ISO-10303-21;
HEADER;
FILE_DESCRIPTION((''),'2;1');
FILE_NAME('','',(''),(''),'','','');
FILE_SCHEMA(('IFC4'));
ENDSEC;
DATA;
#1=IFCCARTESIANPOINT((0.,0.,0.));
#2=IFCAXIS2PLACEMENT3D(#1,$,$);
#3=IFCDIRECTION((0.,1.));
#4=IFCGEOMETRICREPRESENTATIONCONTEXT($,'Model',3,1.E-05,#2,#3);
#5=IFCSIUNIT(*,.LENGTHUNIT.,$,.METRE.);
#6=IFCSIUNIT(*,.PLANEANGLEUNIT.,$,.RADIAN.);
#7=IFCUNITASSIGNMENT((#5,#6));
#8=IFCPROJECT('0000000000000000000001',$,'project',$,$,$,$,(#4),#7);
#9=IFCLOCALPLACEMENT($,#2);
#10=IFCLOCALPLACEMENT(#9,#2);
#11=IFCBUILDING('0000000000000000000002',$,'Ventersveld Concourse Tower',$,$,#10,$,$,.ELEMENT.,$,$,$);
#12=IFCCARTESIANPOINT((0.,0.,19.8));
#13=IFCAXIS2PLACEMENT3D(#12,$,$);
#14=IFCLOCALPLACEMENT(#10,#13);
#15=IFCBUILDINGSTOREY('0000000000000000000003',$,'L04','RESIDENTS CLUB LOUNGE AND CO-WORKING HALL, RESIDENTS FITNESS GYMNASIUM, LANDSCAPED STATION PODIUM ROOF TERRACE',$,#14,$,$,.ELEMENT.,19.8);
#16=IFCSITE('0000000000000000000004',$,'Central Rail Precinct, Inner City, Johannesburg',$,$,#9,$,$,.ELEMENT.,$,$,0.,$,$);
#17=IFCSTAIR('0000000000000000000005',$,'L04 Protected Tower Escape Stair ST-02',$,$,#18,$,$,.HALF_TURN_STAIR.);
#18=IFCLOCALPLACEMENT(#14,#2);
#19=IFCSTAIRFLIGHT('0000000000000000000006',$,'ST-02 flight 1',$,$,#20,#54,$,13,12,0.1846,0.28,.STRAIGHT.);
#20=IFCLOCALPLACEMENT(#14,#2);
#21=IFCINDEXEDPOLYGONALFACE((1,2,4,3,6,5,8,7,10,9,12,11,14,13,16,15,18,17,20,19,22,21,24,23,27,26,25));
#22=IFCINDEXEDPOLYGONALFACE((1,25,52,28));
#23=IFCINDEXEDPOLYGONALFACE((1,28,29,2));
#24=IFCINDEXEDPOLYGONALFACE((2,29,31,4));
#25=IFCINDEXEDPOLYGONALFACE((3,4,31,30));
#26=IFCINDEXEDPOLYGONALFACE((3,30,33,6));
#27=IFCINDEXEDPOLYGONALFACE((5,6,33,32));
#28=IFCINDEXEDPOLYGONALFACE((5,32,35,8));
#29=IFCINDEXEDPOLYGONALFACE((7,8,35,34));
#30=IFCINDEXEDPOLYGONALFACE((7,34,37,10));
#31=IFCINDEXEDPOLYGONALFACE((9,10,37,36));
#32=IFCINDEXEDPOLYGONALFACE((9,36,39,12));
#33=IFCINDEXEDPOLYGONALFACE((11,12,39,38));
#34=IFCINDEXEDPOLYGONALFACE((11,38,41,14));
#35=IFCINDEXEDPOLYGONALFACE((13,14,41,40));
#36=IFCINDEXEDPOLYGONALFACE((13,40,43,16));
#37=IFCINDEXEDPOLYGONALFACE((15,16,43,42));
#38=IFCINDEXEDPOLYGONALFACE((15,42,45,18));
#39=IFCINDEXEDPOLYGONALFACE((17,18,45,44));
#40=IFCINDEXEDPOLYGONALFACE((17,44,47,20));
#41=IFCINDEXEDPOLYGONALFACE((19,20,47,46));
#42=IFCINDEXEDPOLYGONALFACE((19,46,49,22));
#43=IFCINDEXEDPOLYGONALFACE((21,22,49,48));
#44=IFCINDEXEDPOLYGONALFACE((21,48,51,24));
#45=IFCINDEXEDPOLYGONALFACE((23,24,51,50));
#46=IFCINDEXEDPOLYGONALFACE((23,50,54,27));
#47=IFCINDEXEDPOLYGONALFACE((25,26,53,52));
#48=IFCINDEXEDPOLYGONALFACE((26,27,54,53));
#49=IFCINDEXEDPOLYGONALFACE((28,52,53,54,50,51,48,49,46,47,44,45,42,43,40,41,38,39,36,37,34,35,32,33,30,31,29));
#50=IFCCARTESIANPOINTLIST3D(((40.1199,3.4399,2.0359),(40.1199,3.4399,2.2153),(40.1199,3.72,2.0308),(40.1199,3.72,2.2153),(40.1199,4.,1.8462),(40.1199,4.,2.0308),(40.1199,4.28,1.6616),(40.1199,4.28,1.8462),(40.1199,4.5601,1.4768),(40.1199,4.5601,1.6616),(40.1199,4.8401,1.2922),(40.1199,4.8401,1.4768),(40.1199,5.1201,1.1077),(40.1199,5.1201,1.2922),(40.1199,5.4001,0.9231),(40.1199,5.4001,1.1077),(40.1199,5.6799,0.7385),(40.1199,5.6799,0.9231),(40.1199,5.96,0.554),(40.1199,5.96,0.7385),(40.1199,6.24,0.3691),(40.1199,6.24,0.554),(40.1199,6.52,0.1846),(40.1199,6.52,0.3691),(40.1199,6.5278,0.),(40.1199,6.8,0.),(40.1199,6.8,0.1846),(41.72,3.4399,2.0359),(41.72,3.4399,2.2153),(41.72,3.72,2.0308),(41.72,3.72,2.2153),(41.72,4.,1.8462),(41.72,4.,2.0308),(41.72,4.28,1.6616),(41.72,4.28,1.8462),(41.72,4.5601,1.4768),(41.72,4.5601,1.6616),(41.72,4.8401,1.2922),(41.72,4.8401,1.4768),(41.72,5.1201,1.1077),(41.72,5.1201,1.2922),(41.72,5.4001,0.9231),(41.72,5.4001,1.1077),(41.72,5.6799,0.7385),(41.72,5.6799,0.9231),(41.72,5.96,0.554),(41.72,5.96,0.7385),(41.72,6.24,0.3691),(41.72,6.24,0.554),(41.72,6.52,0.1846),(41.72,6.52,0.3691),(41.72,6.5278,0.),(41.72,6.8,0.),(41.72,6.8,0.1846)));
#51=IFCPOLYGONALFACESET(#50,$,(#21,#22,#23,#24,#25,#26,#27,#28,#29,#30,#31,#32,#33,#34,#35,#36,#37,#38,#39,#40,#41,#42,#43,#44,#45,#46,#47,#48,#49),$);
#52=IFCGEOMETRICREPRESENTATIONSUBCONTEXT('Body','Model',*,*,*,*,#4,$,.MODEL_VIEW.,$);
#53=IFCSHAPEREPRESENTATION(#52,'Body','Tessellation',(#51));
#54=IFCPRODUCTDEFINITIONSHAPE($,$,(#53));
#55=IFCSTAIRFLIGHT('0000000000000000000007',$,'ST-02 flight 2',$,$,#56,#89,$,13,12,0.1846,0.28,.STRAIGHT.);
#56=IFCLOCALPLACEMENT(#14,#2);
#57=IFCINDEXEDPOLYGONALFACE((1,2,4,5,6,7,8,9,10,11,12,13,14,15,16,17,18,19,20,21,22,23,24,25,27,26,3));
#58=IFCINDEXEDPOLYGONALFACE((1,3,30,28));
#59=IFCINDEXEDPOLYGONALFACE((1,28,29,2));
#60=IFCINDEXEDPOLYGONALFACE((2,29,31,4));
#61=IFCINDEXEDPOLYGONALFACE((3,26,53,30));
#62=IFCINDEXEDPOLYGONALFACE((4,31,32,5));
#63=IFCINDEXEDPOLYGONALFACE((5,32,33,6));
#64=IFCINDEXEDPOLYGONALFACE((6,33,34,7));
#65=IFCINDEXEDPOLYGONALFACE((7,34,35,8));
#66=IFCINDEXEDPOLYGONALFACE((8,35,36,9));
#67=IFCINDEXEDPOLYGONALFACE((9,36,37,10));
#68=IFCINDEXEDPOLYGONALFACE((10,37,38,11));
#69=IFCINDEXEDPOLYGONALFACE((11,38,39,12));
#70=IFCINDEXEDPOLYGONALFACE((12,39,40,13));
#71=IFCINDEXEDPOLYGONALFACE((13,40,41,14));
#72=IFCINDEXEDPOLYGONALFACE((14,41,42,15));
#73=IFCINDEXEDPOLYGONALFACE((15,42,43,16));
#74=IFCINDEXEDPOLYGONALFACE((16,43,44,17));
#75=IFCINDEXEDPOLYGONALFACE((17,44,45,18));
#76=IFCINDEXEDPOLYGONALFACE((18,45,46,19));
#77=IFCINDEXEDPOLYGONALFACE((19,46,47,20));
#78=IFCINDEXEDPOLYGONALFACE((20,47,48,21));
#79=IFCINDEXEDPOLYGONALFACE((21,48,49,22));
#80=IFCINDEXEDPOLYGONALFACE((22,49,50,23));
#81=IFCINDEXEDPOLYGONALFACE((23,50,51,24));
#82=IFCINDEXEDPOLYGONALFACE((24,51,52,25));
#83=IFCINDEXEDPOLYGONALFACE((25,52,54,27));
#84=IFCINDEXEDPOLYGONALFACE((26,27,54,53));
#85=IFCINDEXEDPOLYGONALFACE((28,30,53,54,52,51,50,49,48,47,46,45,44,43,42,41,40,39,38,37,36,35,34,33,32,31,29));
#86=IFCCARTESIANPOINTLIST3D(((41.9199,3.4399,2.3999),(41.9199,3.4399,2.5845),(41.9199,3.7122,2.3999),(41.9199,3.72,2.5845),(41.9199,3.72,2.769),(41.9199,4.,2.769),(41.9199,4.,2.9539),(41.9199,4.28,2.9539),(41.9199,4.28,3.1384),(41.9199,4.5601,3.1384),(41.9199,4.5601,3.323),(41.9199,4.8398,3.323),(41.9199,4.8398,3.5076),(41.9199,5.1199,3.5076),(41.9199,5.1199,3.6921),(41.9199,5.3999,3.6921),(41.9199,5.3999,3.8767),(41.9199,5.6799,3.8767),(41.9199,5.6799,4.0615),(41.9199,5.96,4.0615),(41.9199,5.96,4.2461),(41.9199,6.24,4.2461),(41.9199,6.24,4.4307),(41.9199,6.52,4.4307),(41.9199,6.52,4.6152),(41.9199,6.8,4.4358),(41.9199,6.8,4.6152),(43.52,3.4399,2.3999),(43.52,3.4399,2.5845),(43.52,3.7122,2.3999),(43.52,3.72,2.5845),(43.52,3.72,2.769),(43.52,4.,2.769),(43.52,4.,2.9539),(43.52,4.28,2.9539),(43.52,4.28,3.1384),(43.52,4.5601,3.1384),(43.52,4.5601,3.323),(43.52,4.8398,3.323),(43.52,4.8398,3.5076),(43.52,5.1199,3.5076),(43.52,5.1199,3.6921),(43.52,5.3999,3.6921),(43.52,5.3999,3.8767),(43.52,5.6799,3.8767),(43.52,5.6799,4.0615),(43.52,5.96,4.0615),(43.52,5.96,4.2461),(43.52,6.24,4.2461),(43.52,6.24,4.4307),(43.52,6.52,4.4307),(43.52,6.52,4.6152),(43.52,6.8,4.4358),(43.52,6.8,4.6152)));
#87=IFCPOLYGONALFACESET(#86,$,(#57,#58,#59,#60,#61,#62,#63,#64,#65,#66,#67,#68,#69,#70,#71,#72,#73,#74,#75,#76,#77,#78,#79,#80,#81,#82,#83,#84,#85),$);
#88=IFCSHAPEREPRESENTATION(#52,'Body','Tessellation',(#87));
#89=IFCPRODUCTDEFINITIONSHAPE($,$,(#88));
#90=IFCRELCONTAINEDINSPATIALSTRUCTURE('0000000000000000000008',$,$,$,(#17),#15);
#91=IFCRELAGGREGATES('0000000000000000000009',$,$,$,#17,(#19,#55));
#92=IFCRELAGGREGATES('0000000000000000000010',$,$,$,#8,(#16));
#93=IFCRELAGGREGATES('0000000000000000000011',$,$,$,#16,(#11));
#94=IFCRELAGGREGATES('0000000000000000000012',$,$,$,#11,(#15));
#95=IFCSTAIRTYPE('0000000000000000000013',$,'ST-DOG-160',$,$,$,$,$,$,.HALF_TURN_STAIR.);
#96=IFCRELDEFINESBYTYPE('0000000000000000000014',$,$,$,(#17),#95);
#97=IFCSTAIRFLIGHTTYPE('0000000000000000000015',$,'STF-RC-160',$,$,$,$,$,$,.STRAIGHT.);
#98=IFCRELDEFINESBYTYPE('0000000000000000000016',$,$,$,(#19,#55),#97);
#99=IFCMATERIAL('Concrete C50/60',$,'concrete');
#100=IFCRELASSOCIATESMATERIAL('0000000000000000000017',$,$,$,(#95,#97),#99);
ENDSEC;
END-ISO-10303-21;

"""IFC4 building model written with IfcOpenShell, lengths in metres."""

from ifc_helpers import new_model, si_unit, direction, frame, origin, place, context, subcontext, project, spatial, polyline, outline, extrude, material, type_object, element, aggregate, save


model = new_model("IFC4")

# Units and contexts
model_context = context("Model", 3, precision=1e-05, world=origin(), true_north=direction((0.0, 1.0)))
body_context = subcontext(model_context, "Body", "Model", "MODEL_VIEW")
ifc_project = project(units=[si_unit("LENGTHUNIT", "METRE"), si_unit("PLANEANGLEUNIT", "RADIAN")], contexts=[model_context])

# Site, building, storey
site_placement = place(None, origin())
site = spatial("IfcSite", under=ifc_project, at=site_placement, Name="Central Rail Precinct, Inner City, Johannesburg", CompositionType="ELEMENT", RefElevation=0.0)
building_placement = place(site_placement, origin())
building = spatial("IfcBuilding", under=site, at=building_placement, Name="Ventersveld Concourse Tower", CompositionType="ELEMENT")
storey_placement = place(building_placement, frame((0.0, 0.0, 19.8)))
storey = spatial("IfcBuildingStorey", under=building, at=storey_placement, Name="L04", Description="RESIDENTS CLUB LOUNGE AND CO-WORKING HALL, RESIDENTS FITNESS GYMNASIUM, LANDSCAPED STATION PODIUM ROOF TERRACE", CompositionType="ELEMENT", Elevation=19.8)

# Shared definitions
ifc_material_1 = material(Name="Concrete C50/60", Category="concrete")

# Stair, stair flights
stair_type = type_object("IfcStairType", Name="ST-DOG-160", PredefinedType="HALF_TURN_STAIR", material=ifc_material_1)
stair_placement = place(storey_placement, origin())
stair = element("IfcStair", 1, at=stair_placement, inside=storey, type_object=stair_type, Name="L04 Protected Tower Escape Stair ST-02", PredefinedType="HALF_TURN_STAIR")
stair_flight_type = type_object("IfcStairFlightType", Name="STF-RC-160", PredefinedType="STRAIGHT", material=ifc_material_1)
stair_flight_1_placement = place(storey_placement, frame((40.9199, 6.8, 0.0), z_axis=(0.0, 0.0, 1.0), x_axis=(0.0, -1.0, 0.0)))
stair_flight_1 = element("IfcStairFlight", 2, at=stair_flight_1_placement, type_object=stair_flight_type, Name="ST-02 flight 1", NumberOfRisers=13, NumberOfTreads=12, PredefinedType="STRAIGHT", RiserHeight=0.1846, TreadLength=0.28, context=body_context, shape_type="SweptSolid", body=[
    extrude(outline(polyline([(0.0, 0.0), (0.0, 0.1846), (0.28, 0.1846), (0.28, 0.3691), (0.5601, 0.3691), (0.5601, 0.554), (0.8401, 0.554), (0.8401, 0.7385), (1.1201, 0.7385), (1.1201, 0.9231), (1.3999, 0.9231), (1.3999, 1.1077), (1.6799, 1.1077), (1.6799, 1.2922), (1.96, 1.2922), (1.96, 1.4768), (2.24, 1.4768), (2.24, 1.6616), (2.52, 1.6616), (2.52, 1.8462), (2.8, 1.8462), (2.8, 2.0308), (3.0801, 2.0308), (3.0801, 2.2153), (3.3601, 2.2153), (3.3601, 2.3999), (3.3601, 2.0359), (0.2722, 0.0), (0.0, 0.0)])), frame((0.0, 0.8, 0.0), z_axis=(0.0, -1.0, 0.0), x_axis=(1.0, 0.0, 0.0)), (0.0, 0.0, 1.0), 1.6001),
])
stair_flight_2_placement = place(storey_placement, frame((42.72, 3.4399, 2.3999), z_axis=(0.0, 0.0, 1.0), x_axis=(0.0, 1.0, 0.0)))
stair_flight_2 = element("IfcStairFlight", 3, at=stair_flight_2_placement, type_object=stair_flight_type, Name="ST-02 flight 2", NumberOfRisers=13, NumberOfTreads=12, PredefinedType="STRAIGHT", RiserHeight=0.1846, TreadLength=0.28, context=body_context, shape_type="SweptSolid", body=[
    extrude(outline(polyline([(0.0, 0.0), (0.0, 0.1846), (0.28, 0.1846), (0.28, 0.3691), (0.5601, 0.3691), (0.5601, 0.554), (0.8401, 0.554), (0.8401, 0.7385), (1.1201, 0.7385), (1.1201, 0.9231), (1.3999, 0.9231), (1.3999, 1.1077), (1.6799, 1.1077), (1.6799, 1.2922), (1.96, 1.2922), (1.96, 1.4768), (2.24, 1.4768), (2.24, 1.6616), (2.52, 1.6616), (2.52, 1.8462), (2.8, 1.8462), (2.8, 2.0308), (3.0801, 2.0308), (3.0801, 2.2153), (3.3601, 2.2153), (3.3601, 2.3999), (3.3601, 2.0359), (0.2722, 0.0), (0.0, 0.0)])), frame((0.0, 0.8, 0.0), z_axis=(0.0, -1.0, 0.0), x_axis=(1.0, 0.0, 0.0)), (0.0, 0.0, 1.0), 1.6001),
])
aggregate(stair, [stair_flight_1, stair_flight_2])

save(model, "model.ifc")
